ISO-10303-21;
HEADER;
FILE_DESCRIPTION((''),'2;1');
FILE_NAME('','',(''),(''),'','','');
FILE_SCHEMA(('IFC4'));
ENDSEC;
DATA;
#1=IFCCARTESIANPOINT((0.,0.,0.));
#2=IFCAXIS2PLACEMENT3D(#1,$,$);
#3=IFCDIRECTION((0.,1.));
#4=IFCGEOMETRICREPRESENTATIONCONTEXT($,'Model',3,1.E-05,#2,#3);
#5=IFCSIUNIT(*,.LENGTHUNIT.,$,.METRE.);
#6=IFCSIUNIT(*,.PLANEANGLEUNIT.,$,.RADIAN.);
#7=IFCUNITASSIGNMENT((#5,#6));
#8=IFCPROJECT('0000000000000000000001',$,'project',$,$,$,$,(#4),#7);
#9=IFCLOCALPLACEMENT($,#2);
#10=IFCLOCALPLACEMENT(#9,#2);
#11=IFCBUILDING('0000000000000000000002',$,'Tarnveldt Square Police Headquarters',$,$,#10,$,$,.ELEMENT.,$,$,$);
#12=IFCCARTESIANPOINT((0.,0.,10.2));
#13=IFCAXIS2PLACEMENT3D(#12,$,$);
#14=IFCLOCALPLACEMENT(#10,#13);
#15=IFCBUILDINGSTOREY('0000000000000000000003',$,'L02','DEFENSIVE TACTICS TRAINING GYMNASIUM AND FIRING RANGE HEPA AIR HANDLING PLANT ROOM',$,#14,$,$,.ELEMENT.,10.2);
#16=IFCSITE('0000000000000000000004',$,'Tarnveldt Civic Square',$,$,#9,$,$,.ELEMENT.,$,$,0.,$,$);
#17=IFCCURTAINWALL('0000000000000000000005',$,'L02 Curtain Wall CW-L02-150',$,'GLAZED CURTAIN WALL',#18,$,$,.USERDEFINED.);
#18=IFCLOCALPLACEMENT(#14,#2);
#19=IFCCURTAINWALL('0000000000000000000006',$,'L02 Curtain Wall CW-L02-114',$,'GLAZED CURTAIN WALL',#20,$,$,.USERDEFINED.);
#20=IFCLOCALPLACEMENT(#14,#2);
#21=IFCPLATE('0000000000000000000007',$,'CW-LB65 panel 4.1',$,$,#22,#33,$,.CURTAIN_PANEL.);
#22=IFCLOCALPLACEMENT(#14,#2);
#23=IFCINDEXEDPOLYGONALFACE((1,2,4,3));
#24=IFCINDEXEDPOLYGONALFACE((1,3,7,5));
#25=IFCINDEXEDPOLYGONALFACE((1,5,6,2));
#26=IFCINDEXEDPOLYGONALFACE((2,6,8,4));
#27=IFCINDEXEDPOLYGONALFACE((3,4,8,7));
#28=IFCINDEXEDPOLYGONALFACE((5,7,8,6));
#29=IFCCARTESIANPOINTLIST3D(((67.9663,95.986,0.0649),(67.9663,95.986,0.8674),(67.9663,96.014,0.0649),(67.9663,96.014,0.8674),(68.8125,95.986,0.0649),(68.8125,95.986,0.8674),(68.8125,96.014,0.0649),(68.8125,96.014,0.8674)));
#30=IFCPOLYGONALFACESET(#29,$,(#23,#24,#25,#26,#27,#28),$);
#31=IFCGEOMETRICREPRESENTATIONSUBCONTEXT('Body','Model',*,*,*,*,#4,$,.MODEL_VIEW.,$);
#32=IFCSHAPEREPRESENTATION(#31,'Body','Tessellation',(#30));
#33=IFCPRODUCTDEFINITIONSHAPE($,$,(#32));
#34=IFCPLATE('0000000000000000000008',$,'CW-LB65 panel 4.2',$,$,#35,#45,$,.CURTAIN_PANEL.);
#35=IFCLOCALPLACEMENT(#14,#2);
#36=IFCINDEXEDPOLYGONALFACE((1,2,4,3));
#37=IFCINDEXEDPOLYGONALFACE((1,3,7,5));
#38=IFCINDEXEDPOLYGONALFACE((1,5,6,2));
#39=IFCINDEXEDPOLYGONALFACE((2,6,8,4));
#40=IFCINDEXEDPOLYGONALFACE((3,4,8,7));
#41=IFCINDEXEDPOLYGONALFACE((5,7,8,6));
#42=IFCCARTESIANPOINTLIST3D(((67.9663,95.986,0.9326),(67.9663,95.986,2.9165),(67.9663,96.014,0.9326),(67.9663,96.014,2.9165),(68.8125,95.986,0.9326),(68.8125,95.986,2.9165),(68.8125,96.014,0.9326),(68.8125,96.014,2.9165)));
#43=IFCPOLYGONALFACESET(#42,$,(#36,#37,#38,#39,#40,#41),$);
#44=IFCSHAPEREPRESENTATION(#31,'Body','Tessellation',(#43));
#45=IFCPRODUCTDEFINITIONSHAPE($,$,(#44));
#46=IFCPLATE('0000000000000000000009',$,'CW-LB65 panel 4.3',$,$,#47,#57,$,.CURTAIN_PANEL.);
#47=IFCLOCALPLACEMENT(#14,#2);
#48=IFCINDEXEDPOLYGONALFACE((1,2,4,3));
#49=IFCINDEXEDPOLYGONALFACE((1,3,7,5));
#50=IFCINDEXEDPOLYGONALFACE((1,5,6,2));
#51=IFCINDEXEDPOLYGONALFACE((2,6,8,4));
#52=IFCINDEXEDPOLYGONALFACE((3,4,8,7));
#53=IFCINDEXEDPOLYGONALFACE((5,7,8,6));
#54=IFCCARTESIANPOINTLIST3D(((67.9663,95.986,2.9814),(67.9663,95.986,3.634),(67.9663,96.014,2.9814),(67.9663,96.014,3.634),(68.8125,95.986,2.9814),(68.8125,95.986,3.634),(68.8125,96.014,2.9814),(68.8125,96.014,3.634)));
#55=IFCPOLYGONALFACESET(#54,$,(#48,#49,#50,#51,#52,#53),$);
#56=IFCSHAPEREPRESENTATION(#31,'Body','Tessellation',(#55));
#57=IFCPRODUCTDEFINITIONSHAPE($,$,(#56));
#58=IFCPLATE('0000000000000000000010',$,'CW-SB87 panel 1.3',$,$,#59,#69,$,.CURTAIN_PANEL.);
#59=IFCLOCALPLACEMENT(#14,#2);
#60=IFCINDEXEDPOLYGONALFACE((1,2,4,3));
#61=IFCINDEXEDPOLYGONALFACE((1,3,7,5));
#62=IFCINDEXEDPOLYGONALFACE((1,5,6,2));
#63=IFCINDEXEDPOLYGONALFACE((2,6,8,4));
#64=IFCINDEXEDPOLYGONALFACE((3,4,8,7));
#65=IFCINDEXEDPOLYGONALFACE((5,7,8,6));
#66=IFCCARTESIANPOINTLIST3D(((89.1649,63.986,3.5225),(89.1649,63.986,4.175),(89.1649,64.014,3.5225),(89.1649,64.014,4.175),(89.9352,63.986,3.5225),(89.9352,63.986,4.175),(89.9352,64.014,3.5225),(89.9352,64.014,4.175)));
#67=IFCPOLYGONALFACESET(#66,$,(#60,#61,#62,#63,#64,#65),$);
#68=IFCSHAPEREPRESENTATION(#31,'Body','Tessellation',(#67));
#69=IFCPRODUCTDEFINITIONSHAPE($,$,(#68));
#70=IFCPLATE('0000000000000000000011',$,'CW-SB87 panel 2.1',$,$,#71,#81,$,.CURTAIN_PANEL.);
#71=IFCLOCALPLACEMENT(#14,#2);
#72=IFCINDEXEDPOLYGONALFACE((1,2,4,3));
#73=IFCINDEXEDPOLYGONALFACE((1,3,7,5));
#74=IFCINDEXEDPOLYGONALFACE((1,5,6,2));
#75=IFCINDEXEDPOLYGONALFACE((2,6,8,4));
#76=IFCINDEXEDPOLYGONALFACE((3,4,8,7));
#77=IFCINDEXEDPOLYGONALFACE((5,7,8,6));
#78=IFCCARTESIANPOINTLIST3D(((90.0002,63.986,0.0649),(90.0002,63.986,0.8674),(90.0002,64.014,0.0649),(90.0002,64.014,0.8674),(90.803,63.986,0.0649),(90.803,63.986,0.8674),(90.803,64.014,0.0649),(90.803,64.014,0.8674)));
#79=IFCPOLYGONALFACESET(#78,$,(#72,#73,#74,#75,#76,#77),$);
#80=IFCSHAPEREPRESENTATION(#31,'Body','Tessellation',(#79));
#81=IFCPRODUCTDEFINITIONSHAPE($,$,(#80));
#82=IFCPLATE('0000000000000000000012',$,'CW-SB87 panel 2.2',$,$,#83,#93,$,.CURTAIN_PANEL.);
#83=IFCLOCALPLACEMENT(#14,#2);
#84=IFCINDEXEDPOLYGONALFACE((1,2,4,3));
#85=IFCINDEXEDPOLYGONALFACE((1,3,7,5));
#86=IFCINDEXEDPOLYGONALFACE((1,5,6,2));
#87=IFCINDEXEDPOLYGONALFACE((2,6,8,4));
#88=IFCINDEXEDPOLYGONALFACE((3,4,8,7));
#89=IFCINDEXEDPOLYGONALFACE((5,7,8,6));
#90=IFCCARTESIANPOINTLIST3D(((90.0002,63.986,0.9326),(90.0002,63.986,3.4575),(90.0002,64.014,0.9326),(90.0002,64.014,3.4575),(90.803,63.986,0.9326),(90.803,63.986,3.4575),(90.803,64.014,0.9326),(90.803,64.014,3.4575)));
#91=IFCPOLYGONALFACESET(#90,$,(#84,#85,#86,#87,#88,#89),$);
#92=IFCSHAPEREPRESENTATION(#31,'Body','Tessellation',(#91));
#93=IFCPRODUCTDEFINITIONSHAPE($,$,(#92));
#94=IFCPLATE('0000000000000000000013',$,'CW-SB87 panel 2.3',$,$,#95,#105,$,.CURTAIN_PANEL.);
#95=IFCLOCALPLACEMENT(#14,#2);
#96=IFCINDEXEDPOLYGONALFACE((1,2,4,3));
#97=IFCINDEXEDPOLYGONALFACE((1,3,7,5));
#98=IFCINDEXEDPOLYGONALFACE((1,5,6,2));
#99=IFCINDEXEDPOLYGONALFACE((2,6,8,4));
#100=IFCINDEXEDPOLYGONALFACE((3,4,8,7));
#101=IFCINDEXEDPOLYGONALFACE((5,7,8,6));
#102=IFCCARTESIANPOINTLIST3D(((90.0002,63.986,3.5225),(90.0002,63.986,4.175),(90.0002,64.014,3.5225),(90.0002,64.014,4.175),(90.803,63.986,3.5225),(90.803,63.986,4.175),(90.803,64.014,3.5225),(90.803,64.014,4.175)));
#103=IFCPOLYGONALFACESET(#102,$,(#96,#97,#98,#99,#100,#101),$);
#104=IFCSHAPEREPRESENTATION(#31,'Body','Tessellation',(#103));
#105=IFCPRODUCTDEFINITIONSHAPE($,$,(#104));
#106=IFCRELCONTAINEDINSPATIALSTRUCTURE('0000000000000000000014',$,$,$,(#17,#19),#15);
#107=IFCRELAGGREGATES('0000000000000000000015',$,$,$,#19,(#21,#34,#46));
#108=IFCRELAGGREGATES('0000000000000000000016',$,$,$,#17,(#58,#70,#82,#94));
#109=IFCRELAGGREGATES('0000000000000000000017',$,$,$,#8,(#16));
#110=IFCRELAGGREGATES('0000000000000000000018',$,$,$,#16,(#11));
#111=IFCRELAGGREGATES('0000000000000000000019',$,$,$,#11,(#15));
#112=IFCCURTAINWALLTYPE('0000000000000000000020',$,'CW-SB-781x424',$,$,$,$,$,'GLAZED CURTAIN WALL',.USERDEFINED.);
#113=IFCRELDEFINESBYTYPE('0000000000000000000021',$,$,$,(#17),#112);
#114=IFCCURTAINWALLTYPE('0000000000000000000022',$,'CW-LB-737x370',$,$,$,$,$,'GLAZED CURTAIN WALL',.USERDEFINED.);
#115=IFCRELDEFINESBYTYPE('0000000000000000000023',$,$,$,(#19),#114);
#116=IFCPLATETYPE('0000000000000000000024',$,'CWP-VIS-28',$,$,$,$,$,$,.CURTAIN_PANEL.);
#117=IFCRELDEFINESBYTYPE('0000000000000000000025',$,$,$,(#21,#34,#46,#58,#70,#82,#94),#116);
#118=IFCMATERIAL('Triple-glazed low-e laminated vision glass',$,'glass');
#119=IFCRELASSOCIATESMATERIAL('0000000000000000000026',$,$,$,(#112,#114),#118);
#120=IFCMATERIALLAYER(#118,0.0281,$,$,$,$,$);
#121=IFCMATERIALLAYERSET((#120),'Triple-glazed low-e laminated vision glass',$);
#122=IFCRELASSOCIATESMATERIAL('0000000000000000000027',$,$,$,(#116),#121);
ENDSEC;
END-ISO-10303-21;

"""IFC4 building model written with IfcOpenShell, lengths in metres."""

from ifc_helpers import new_model, si_unit, direction, frame, origin, origin_2d, place, context, subcontext, project, spatial, rectangle, extrude, material, layer, layer_set, type_object, element, aggregate, save


model = new_model("IFC4")

# Units and contexts
model_context = context("Model", 3, precision=1e-05, world=origin(), true_north=direction((0.0, 1.0)))
body_context = subcontext(model_context, "Body", "Model", "MODEL_VIEW")
ifc_project = project(units=[si_unit("LENGTHUNIT", "METRE"), si_unit("PLANEANGLEUNIT", "RADIAN")], contexts=[model_context])

# Site, building, storey
site_placement = place(None, origin())
site = spatial("IfcSite", under=ifc_project, at=site_placement, Name="Tarnveldt Civic Square", CompositionType="ELEMENT", RefElevation=0.0)
building_placement = place(site_placement, origin())
building = spatial("IfcBuilding", under=site, at=building_placement, Name="Tarnveldt Square Police Headquarters", CompositionType="ELEMENT")
storey_placement = place(building_placement, frame((0.0, 0.0, 10.2)))
storey = spatial("IfcBuildingStorey", under=building, at=storey_placement, Name="L02", Description="DEFENSIVE TACTICS TRAINING GYMNASIUM AND FIRING RANGE HEPA AIR HANDLING PLANT ROOM", CompositionType="ELEMENT", Elevation=10.2)

# Curtain wall
ifc_material_1 = material(Name="Triple-glazed low-e laminated vision glass", Category="glass")
curtain_wall_type_1 = type_object("IfcCurtainWallType", Name="CW-SB-781x424", ElementType="GLAZED CURTAIN WALL", PredefinedType="USERDEFINED", material=ifc_material_1)
curtain_wall_1_placement = place(storey_placement, origin())
curtain_wall_1 = element("IfcCurtainWall", 1, at=curtain_wall_1_placement, inside=storey, type_object=curtain_wall_type_1, Name="L02 Curtain Wall CW-L02-150", ObjectType="GLAZED CURTAIN WALL", PredefinedType="USERDEFINED")

# Curtain wall
curtain_wall_type_2 = type_object("IfcCurtainWallType", Name="CW-LB-737x370", ElementType="GLAZED CURTAIN WALL", PredefinedType="USERDEFINED", material=ifc_material_1)
curtain_wall_2_placement = place(storey_placement, origin())
curtain_wall_2 = element("IfcCurtainWall", 2, at=curtain_wall_2_placement, inside=storey, type_object=curtain_wall_type_2, Name="L02 Curtain Wall CW-L02-114", ObjectType="GLAZED CURTAIN WALL", PredefinedType="USERDEFINED")

# Plates
ifc_layer = layer(ifc_material_1, 0.0281)
ifc_layer_set = layer_set([ifc_layer], Name="Triple-glazed low-e laminated vision glass")
plate_type = type_object("IfcPlateType", Name="CWP-VIS-28", PredefinedType="CURTAIN_PANEL", material=ifc_layer_set)
plate_1_placement = place(storey_placement, frame((68.3894, 96.0, 0.0649), z_axis=(0.0, 0.0, 1.0), x_axis=(1.0, 0.0, 0.0)))
plate_1 = element("IfcPlate", 3, at=plate_1_placement, type_object=plate_type, Name="CW-LB65 panel 4.1", PredefinedType="CURTAIN_PANEL", context=body_context, shape_type="SweptSolid", body=[
    extrude(rectangle(XDim=0.8462, YDim=0.0281, at=origin_2d()), origin(), (0.0, 0.0, 1.0), 0.8025),
])
plate_2_placement = place(storey_placement, frame((68.3894, 96.0, 0.9326), z_axis=(0.0, 0.0, 1.0), x_axis=(1.0, 0.0, 0.0)))
plate_2 = element("IfcPlate", 4, at=plate_2_placement, type_object=plate_type, Name="CW-LB65 panel 4.2", PredefinedType="CURTAIN_PANEL", context=body_context, shape_type="SweptSolid", body=[
    extrude(rectangle(XDim=0.8462, YDim=0.0281, at=origin_2d()), origin(), (0.0, 0.0, 1.0), 1.9839),
])
plate_3_placement = place(storey_placement, frame((68.3894, 96.0, 2.9814), z_axis=(0.0, 0.0, 1.0), x_axis=(1.0, 0.0, 0.0)))
plate_3 = element("IfcPlate", 5, at=plate_3_placement, type_object=plate_type, Name="CW-LB65 panel 4.3", PredefinedType="CURTAIN_PANEL", context=body_context, shape_type="SweptSolid", body=[
    extrude(rectangle(XDim=0.8462, YDim=0.0281, at=origin_2d()), origin(), (0.0, 0.0, 1.0), 0.6526),
])
aggregate(curtain_wall_2, [plate_1, plate_2, plate_3])
plate_4_placement = place(storey_placement, frame((89.55, 64.0, 3.5225), z_axis=(0.0, 0.0, 1.0), x_axis=(1.0, 0.0, 0.0)))
plate_4 = element("IfcPlate", 6, at=plate_4_placement, type_object=plate_type, Name="CW-SB87 panel 1.3", PredefinedType="CURTAIN_PANEL", context=body_context, shape_type="SweptSolid", body=[
    extrude(rectangle(XDim=0.7703, YDim=0.0281, at=origin_2d()), origin(), (0.0, 0.0, 1.0), 0.6526),
])
plate_5_placement = place(storey_placement, frame((90.4016, 64.0, 0.0649), z_axis=(0.0, 0.0, 1.0), x_axis=(1.0, 0.0, 0.0)))
plate_5 = element("IfcPlate", 7, at=plate_5_placement, type_object=plate_type, Name="CW-SB87 panel 2.1", PredefinedType="CURTAIN_PANEL", context=body_context, shape_type="SweptSolid", body=[
    extrude(rectangle(XDim=0.8027, YDim=0.0281, at=origin_2d()), origin(), (0.0, 0.0, 1.0), 0.8025),
])
plate_6_placement = place(storey_placement, frame((90.4016, 64.0, 0.9326), z_axis=(0.0, 0.0, 1.0), x_axis=(1.0, 0.0, 0.0)))
plate_6 = element("IfcPlate", 8, at=plate_6_placement, type_object=plate_type, Name="CW-SB87 panel 2.2", PredefinedType="CURTAIN_PANEL", context=body_context, shape_type="SweptSolid", body=[
    extrude(rectangle(XDim=0.8027, YDim=0.0281, at=origin_2d()), origin(), (0.0, 0.0, 1.0), 2.5249),
])
plate_7_placement = place(storey_placement, frame((90.4016, 64.0, 3.5225), z_axis=(0.0, 0.0, 1.0), x_axis=(1.0, 0.0, 0.0)))
plate_7 = element("IfcPlate", 9, at=plate_7_placement, type_object=plate_type, Name="CW-SB87 panel 2.3", PredefinedType="CURTAIN_PANEL", context=body_context, shape_type="SweptSolid", body=[
    extrude(rectangle(XDim=0.8027, YDim=0.0281, at=origin_2d()), origin(), (0.0, 0.0, 1.0), 0.6526),
])
aggregate(curtain_wall_1, [plate_4, plate_5, plate_6, plate_7])

save(model, "model.ifc")
